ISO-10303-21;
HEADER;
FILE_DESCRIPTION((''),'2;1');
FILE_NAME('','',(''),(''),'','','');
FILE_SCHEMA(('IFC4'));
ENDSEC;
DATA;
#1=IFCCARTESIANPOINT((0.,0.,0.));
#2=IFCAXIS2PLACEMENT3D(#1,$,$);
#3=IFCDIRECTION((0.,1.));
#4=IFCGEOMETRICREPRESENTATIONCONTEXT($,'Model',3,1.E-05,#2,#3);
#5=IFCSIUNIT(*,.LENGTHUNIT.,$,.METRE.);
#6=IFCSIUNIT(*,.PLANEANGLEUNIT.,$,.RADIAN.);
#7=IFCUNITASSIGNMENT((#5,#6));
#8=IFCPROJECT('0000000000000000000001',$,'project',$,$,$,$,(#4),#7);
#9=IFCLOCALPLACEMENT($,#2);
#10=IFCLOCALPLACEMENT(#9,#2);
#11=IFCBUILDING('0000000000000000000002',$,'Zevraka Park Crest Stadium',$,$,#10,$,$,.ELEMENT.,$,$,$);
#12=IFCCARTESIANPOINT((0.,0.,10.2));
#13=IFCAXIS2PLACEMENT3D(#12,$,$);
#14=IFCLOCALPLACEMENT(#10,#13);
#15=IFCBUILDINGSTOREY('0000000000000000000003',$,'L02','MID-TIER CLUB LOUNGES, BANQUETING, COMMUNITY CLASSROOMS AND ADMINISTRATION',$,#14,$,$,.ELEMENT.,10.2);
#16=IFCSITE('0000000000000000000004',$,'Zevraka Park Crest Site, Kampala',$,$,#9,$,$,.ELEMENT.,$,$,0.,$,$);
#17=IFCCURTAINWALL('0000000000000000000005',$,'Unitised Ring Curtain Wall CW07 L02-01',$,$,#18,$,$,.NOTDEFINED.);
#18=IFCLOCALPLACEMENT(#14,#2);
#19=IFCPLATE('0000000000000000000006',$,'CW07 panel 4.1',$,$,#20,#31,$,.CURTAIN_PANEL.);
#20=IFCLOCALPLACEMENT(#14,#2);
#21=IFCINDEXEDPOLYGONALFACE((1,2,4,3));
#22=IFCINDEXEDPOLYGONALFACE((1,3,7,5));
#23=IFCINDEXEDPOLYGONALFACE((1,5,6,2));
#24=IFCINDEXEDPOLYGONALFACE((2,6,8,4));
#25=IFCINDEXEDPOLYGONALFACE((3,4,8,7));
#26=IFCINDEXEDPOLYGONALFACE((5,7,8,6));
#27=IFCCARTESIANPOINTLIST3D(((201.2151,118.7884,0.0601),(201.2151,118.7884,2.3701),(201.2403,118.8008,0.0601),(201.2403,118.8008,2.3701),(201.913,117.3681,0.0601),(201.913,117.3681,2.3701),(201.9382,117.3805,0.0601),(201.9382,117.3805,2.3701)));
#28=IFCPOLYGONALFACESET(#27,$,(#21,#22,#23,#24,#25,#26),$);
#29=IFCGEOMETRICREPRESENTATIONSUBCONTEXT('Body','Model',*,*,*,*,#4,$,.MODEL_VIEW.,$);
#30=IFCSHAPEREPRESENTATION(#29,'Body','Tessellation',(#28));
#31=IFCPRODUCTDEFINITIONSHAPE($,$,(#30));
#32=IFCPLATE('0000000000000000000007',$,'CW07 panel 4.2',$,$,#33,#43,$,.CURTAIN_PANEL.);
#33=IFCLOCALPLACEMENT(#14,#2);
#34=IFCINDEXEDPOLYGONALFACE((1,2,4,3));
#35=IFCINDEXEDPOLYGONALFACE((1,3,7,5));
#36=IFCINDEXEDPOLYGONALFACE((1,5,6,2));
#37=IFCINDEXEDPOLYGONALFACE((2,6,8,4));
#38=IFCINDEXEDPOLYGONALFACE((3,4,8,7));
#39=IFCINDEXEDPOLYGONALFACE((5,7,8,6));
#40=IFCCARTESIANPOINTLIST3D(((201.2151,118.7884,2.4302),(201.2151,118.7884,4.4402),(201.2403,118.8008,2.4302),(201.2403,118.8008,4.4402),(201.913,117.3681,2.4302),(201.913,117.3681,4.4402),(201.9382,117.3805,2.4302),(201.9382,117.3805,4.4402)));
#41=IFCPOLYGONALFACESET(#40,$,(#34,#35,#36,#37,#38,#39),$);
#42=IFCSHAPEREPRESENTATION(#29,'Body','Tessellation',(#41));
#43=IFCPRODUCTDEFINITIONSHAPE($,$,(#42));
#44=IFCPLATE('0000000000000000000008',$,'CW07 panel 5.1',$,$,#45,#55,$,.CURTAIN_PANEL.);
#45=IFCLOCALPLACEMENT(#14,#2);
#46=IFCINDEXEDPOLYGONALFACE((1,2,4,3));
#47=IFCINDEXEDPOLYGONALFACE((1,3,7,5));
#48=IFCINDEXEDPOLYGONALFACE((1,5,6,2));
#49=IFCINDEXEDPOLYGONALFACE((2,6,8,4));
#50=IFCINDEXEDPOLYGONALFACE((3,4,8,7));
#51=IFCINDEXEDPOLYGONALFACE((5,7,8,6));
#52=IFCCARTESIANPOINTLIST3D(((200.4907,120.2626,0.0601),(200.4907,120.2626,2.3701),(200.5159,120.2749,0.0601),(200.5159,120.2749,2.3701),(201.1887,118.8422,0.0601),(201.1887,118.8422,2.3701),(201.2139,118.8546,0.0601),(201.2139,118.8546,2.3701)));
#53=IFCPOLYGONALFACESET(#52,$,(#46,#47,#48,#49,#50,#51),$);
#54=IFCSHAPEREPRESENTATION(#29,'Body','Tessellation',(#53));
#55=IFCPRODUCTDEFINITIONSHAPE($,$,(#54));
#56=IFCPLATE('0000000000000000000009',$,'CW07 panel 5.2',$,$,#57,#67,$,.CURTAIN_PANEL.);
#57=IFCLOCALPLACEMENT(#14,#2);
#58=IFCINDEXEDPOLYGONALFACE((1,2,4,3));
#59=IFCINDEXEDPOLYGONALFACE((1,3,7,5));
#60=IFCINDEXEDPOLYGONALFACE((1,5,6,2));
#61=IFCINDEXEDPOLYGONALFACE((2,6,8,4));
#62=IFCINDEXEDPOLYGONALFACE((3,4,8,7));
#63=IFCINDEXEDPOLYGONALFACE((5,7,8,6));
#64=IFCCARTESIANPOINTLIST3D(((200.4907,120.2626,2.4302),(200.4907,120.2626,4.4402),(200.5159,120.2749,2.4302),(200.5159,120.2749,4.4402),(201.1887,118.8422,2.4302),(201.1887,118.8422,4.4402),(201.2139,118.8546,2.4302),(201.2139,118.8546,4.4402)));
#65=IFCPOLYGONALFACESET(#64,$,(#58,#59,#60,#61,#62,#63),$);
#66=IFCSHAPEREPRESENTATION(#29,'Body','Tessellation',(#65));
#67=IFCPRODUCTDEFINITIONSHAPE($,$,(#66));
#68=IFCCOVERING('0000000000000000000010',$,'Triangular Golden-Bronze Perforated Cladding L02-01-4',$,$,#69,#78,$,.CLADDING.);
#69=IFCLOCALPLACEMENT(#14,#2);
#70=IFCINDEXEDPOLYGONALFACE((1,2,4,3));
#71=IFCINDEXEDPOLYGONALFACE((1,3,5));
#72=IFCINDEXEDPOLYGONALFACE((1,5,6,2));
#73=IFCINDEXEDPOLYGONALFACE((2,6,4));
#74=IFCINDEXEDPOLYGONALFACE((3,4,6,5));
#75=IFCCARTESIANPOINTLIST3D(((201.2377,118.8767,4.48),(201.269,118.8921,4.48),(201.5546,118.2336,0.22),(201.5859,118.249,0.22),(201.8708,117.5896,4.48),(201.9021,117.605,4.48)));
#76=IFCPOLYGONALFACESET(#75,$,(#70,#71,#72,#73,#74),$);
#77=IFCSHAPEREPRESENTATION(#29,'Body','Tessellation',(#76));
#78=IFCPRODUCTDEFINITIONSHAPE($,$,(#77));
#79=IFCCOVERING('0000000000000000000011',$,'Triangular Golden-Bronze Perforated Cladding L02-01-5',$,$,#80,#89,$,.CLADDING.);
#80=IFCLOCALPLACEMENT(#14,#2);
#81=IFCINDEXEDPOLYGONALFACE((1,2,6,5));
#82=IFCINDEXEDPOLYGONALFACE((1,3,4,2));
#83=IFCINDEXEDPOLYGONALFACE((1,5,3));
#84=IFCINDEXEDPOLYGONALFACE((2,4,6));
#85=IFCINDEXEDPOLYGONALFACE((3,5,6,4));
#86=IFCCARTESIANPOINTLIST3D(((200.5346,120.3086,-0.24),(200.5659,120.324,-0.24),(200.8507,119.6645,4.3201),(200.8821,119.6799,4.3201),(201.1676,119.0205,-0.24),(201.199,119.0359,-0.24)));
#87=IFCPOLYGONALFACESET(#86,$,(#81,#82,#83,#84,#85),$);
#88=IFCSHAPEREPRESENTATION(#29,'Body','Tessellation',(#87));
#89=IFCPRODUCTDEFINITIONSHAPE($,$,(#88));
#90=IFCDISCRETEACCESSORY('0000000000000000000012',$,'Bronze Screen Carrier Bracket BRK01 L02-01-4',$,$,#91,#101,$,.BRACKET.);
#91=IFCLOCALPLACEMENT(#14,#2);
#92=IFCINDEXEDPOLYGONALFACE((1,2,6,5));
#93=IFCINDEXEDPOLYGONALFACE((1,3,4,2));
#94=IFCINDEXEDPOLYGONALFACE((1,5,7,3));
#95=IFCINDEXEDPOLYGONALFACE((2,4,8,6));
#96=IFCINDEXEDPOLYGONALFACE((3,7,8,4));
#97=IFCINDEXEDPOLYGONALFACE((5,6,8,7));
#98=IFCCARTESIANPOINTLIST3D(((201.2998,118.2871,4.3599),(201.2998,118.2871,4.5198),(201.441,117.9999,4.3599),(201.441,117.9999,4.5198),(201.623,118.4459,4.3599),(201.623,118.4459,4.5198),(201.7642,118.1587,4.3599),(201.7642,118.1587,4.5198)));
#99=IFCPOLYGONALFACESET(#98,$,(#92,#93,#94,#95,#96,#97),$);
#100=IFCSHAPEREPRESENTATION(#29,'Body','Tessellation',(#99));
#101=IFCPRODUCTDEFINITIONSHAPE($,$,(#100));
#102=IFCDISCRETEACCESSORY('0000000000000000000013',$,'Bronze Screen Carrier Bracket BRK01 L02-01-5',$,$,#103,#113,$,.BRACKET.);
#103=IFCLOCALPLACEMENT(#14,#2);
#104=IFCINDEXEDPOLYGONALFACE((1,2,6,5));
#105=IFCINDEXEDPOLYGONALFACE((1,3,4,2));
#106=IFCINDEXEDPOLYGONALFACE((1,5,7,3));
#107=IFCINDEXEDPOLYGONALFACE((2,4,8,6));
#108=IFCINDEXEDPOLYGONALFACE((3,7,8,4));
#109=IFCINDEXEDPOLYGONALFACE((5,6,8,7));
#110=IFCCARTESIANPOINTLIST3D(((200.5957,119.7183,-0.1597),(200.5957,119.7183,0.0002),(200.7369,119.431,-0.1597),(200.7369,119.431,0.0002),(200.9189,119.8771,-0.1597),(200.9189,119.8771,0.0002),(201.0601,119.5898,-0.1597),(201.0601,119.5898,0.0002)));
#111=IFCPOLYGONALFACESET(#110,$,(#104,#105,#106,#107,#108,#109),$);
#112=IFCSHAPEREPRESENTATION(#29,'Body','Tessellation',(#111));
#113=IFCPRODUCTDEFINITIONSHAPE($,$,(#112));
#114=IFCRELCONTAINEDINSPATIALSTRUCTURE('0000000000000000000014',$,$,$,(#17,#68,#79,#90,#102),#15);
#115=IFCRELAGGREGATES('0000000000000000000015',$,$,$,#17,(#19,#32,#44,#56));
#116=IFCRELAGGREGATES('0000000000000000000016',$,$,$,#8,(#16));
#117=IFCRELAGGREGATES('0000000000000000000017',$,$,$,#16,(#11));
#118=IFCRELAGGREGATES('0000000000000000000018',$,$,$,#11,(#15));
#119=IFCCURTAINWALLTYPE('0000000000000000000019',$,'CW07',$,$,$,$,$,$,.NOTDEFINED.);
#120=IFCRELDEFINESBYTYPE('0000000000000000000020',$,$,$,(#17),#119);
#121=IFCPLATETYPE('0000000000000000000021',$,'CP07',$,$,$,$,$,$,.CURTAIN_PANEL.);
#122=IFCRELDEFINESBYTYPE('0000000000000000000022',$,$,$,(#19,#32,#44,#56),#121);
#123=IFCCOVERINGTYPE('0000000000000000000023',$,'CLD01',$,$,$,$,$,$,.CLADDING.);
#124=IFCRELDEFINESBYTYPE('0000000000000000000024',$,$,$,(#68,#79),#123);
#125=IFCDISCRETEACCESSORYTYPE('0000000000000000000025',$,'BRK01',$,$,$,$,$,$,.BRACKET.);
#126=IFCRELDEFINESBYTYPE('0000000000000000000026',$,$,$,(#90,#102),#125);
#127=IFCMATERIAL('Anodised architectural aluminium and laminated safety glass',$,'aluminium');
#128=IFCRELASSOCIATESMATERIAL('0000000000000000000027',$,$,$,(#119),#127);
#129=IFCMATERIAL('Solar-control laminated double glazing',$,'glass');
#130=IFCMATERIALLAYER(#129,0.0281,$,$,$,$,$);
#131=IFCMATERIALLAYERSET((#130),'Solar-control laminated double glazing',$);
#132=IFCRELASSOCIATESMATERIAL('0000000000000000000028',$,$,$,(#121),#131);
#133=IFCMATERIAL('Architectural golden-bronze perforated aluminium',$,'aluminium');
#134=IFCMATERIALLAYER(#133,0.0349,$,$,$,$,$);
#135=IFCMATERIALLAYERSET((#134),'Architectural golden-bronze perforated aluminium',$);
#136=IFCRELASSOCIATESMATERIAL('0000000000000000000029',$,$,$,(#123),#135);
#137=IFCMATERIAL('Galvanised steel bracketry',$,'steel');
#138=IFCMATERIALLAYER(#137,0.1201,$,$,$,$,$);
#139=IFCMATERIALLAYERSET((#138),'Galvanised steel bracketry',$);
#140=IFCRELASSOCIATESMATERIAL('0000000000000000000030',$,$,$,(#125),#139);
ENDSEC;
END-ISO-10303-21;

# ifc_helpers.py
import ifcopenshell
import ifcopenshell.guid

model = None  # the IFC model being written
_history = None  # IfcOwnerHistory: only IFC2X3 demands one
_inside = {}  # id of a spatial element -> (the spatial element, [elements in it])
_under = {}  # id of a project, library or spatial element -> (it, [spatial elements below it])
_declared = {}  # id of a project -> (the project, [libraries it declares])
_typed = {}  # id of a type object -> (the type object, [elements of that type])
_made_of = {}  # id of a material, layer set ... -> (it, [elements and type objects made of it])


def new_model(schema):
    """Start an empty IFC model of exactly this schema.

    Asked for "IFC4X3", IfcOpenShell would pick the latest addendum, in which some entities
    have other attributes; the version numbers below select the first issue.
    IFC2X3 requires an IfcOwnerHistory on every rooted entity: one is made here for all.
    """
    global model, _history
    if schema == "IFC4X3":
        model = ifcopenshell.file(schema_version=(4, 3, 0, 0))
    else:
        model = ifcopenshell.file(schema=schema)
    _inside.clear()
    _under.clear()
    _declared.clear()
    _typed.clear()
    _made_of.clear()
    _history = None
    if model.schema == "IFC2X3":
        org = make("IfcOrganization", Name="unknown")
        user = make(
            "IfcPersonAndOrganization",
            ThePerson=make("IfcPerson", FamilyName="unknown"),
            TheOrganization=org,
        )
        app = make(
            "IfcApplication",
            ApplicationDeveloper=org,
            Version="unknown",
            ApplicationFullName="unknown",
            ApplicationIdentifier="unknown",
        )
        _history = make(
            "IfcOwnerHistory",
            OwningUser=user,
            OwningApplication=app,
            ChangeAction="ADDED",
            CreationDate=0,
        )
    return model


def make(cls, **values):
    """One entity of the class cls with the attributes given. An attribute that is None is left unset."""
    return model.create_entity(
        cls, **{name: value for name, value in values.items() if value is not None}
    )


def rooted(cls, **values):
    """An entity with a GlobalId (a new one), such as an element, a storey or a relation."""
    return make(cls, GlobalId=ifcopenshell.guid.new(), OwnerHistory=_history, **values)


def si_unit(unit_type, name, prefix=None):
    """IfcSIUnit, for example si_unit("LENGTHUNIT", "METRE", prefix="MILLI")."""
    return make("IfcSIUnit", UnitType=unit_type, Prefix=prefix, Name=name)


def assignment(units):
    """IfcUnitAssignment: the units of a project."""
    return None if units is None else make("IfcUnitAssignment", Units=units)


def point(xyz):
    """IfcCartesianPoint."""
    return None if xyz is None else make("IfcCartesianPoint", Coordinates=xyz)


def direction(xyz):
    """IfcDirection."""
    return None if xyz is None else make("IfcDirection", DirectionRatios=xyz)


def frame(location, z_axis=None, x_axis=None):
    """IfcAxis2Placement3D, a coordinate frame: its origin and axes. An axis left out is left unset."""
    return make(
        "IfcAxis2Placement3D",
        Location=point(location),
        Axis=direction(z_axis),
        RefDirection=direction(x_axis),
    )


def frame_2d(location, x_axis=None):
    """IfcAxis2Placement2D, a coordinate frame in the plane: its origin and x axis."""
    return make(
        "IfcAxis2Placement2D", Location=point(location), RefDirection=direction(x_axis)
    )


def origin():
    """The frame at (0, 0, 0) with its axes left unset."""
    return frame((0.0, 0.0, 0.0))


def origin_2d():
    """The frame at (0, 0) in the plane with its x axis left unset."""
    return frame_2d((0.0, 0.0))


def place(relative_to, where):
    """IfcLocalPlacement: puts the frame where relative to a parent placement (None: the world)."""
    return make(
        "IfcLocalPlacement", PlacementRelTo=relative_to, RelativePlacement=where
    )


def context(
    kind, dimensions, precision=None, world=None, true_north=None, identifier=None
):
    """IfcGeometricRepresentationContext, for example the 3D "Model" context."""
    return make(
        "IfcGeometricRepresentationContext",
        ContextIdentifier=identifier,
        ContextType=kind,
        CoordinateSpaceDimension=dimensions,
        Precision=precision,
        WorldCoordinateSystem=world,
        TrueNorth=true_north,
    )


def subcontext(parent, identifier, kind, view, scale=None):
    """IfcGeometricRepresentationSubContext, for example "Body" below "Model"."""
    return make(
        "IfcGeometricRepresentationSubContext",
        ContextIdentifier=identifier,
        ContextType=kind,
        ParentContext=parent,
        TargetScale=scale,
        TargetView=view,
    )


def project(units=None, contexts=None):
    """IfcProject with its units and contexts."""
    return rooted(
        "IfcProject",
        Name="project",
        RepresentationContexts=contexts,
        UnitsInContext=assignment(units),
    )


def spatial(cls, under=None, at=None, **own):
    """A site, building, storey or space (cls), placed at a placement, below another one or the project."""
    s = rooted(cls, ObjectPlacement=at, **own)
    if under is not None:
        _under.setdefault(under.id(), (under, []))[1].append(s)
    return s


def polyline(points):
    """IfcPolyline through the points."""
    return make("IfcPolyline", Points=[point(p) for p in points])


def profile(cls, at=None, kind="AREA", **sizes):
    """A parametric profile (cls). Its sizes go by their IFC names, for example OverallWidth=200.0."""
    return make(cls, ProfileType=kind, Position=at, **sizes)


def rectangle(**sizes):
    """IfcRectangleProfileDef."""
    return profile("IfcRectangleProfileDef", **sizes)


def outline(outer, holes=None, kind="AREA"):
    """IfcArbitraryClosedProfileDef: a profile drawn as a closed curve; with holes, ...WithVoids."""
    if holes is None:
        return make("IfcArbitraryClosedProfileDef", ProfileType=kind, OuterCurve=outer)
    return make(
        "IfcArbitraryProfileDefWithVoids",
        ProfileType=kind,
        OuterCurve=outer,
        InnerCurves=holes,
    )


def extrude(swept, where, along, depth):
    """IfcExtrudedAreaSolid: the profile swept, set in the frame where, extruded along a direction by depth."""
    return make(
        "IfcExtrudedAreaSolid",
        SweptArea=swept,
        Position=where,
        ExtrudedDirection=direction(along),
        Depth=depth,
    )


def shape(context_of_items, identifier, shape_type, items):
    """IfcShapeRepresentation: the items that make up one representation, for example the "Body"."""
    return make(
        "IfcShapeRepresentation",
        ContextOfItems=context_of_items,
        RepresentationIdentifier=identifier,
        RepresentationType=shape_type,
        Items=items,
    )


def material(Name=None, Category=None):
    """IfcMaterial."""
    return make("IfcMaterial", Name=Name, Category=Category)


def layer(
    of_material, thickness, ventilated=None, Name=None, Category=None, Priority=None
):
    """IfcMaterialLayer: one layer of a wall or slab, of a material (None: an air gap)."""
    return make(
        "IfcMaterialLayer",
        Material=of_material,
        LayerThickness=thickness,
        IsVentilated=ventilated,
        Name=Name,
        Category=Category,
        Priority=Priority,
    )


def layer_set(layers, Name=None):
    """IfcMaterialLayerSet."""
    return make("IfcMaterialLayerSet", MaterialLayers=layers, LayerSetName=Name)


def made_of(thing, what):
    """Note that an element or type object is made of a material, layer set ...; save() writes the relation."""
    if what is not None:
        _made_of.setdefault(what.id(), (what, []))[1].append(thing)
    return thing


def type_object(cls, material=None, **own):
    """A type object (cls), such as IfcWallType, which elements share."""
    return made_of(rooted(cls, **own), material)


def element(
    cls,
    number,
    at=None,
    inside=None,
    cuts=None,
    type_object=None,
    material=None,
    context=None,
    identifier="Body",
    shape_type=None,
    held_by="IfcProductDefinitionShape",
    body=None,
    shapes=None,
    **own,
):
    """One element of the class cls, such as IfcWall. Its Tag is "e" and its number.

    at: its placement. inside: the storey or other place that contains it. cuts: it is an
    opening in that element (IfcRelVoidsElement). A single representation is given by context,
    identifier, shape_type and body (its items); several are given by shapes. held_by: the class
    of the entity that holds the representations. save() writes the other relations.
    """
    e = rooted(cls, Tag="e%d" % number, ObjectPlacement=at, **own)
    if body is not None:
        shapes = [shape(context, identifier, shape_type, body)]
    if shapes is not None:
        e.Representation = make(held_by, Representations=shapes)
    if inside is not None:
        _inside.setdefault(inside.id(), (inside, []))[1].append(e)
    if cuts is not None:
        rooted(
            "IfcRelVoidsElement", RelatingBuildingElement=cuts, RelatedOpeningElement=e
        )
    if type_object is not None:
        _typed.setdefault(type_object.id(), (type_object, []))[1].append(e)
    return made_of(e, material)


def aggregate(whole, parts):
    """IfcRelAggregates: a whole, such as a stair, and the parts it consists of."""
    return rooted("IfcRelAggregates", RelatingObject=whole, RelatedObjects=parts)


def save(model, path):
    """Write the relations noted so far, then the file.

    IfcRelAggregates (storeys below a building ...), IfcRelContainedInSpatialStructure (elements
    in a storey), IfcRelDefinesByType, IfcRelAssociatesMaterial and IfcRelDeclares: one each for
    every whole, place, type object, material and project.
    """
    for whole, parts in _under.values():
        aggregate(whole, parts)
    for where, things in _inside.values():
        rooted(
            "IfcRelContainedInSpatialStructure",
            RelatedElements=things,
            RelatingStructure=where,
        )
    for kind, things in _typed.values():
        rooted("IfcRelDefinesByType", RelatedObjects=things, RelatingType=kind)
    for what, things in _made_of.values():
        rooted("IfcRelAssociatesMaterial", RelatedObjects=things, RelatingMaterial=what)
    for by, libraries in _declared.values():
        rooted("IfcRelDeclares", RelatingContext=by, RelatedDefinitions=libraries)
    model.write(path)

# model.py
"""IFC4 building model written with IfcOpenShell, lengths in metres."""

from ifc_helpers import new_model, si_unit, direction, frame, origin, origin_2d, place, context, subcontext, project, spatial, polyline, rectangle, outline, extrude, material, layer, layer_set, type_object, element, aggregate, save


model = new_model("IFC4")

# Units and contexts
model_context = context("Model", 3, precision=1e-05, world=origin(), true_north=direction((0.0, 1.0)))
body_context = subcontext(model_context, "Body", "Model", "MODEL_VIEW")
ifc_project = project(units=[si_unit("LENGTHUNIT", "METRE"), si_unit("PLANEANGLEUNIT", "RADIAN")], contexts=[model_context])

# Site, building, storey
site_placement = place(None, origin())
site = spatial("IfcSite", under=ifc_project, at=site_placement, Name="Zevraka Park Crest Site, Kampala", CompositionType="ELEMENT", RefElevation=0.0)
building_placement = place(site_placement, origin())
building = spatial("IfcBuilding", under=site, at=building_placement, Name="Zevraka Park Crest Stadium", CompositionType="ELEMENT")
storey_placement = place(building_placement, frame((0.0, 0.0, 10.2)))
storey = spatial("IfcBuildingStorey", under=building, at=storey_placement, Name="L02", Description="MID-TIER CLUB LOUNGES, BANQUETING, COMMUNITY CLASSROOMS AND ADMINISTRATION", CompositionType="ELEMENT", Elevation=10.2)

# Curtain wall
ifc_material_1 = material(Name="Anodised architectural aluminium and laminated safety glass", Category="aluminium")
curtain_wall_type = type_object("IfcCurtainWallType", Name="CW07", PredefinedType="NOTDEFINED", material=ifc_material_1)
curtain_wall_placement = place(storey_placement, origin())
curtain_wall = element("IfcCurtainWall", 1, at=curtain_wall_placement, inside=storey, type_object=curtain_wall_type, Name="Unitised Ring Curtain Wall CW07 L02-01", PredefinedType="NOTDEFINED")

# Plates
ifc_material_2 = material(Name="Solar-control laminated double glazing", Category="glass")
ifc_layer_1 = layer(ifc_material_2, 0.0281)
ifc_layer_set_1 = layer_set([ifc_layer_1], Name="Solar-control laminated double glazing")
plate_type = type_object("IfcPlateType", Name="CP07", PredefinedType="CURTAIN_PANEL", material=ifc_layer_set_1)
plate_1_placement = place(storey_placement, frame((201.5767, 118.0845, 0.0601), z_axis=(0.0, 0.0, 1.0), x_axis=(-0.441021, 0.897497, 0.0)))
plate_1 = element("IfcPlate", 2, at=plate_1_placement, type_object=plate_type, Name="CW07 panel 4.1", PredefinedType="CURTAIN_PANEL", context=body_context, shape_type="SweptSolid", body=[
    extrude(rectangle(XDim=1.5825, YDim=0.0281, at=origin_2d()), origin(), (0.0, 0.0, 1.0), 2.3101),
])
plate_2_placement = place(storey_placement, frame((201.5767, 118.0845, 2.4302), z_axis=(0.0, 0.0, 1.0), x_axis=(-0.441021, 0.897497, 0.0)))
plate_2 = element("IfcPlate", 3, at=plate_2_placement, type_object=plate_type, Name="CW07 panel 4.2", PredefinedType="CURTAIN_PANEL", context=body_context, shape_type="SweptSolid", body=[
    extrude(rectangle(XDim=1.5825, YDim=0.0281, at=origin_2d()), origin(), (0.0, 0.0, 1.0), 2.01),
])
plate_3_placement = place(storey_placement, frame((200.8523, 119.5586, 0.0601), z_axis=(0.0, 0.0, 1.0), x_axis=(-0.441021, 0.897497, 0.0)))
plate_3 = element("IfcPlate", 4, at=plate_3_placement, type_object=plate_type, Name="CW07 panel 5.1", PredefinedType="CURTAIN_PANEL", context=body_context, shape_type="SweptSolid", body=[
    extrude(rectangle(XDim=1.5825, YDim=0.0281, at=origin_2d()), origin(), (0.0, 0.0, 1.0), 2.3101),
])
plate_4_placement = place(storey_placement, frame((200.8523, 119.5586, 2.4302), z_axis=(0.0, 0.0, 1.0), x_axis=(-0.441021, 0.897497, 0.0)))
plate_4 = element("IfcPlate", 5, at=plate_4_placement, type_object=plate_type, Name="CW07 panel 5.2", PredefinedType="CURTAIN_PANEL", context=body_context, shape_type="SweptSolid", body=[
    extrude(rectangle(XDim=1.5825, YDim=0.0281, at=origin_2d()), origin(), (0.0, 0.0, 1.0), 2.01),
])
aggregate(curtain_wall, [plate_1, plate_2, plate_3, plate_4])

# Coverings
ifc_material_3 = material(Name="Architectural golden-bronze perforated aluminium", Category="aluminium")
ifc_layer_2 = layer(ifc_material_3, 0.0349)
ifc_layer_set_2 = layer_set([ifc_layer_2], Name="Architectural golden-bronze perforated aluminium")
covering_type = type_object("IfcCoveringType", Name="CLD01", PredefinedType="CLADDING", material=ifc_layer_set_2)
covering_1_placement = place(storey_placement, frame((201.269, 118.8921, 4.48), z_axis=(0.897336, 0.441349, 0.000128), x_axis=(0.441349, -0.897336, 0.0)))
element("IfcCovering", 6, at=covering_1_placement, inside=storey, type_object=covering_type, Name="Triangular Golden-Bronze Perforated Cladding L02-01-4", PredefinedType="CLADDING", context=body_context, shape_type="SweptSolid", body=[
    extrude(outline(polyline([(0.0, 0.0), (1.4344, 0.0), (0.7169, 4.26), (0.0, 0.0)])), origin(), (0.0, 0.0, -1.0), 0.0349),
])
covering_2_placement = place(storey_placement, frame((201.199, 119.0359, -0.24), z_axis=(0.897468, 0.441079, 0.000072), x_axis=(-0.441079, 0.897468, 0.0)))
element("IfcCovering", 7, at=covering_2_placement, inside=storey, type_object=covering_type, Name="Triangular Golden-Bronze Perforated Cladding L02-01-5", PredefinedType="CLADDING", context=body_context, shape_type="SweptSolid", body=[
    extrude(outline(polyline([(0.0, 0.0), (1.4352, 0.0), (0.7178, 4.5601), (0.0, 0.0)])), origin(), (0.0, 0.0, -1.0), 0.0349),
])

# Discrete accessories
ifc_material_4 = material(Name="Galvanised steel bracketry", Category="steel")
ifc_layer_3 = layer(ifc_material_4, 0.1201)
ifc_layer_set_3 = layer_set([ifc_layer_3], Name="Galvanised steel bracketry")
discrete_accessory_type = type_object("IfcDiscreteAccessoryType", Name="BRK01", PredefinedType="BRACKET", material=ifc_layer_set_3)
for number, where, z_axis, x_axis, name in (
    (8, (201.532, 118.2229, 4.3599), (0.0, 0.0, 1.0), (-0.441036, 0.897489, 0.0), "Bronze Screen Carrier Bracket BRK01 L02-01-4"),
    (9, (200.8279, 119.6541, -0.1597), (0.0, 0.0, 1.0), (-0.441036, 0.897489, 0.0), "Bronze Screen Carrier Bracket BRK01 L02-01-5"),
):
    element("IfcDiscreteAccessory", number, at=place(storey_placement, frame(where, z_axis=z_axis, x_axis=x_axis)), inside=storey, type_object=discrete_accessory_type, Name=name, PredefinedType="BRACKET", context=body_context, shape_type="SweptSolid", body=[
        extrude(rectangle(XDim=0.3201, YDim=0.3601, at=origin_2d()), origin(), (0.0, 0.0, 1.0), 0.1599),
    ])

save(model, "model.ifc")
